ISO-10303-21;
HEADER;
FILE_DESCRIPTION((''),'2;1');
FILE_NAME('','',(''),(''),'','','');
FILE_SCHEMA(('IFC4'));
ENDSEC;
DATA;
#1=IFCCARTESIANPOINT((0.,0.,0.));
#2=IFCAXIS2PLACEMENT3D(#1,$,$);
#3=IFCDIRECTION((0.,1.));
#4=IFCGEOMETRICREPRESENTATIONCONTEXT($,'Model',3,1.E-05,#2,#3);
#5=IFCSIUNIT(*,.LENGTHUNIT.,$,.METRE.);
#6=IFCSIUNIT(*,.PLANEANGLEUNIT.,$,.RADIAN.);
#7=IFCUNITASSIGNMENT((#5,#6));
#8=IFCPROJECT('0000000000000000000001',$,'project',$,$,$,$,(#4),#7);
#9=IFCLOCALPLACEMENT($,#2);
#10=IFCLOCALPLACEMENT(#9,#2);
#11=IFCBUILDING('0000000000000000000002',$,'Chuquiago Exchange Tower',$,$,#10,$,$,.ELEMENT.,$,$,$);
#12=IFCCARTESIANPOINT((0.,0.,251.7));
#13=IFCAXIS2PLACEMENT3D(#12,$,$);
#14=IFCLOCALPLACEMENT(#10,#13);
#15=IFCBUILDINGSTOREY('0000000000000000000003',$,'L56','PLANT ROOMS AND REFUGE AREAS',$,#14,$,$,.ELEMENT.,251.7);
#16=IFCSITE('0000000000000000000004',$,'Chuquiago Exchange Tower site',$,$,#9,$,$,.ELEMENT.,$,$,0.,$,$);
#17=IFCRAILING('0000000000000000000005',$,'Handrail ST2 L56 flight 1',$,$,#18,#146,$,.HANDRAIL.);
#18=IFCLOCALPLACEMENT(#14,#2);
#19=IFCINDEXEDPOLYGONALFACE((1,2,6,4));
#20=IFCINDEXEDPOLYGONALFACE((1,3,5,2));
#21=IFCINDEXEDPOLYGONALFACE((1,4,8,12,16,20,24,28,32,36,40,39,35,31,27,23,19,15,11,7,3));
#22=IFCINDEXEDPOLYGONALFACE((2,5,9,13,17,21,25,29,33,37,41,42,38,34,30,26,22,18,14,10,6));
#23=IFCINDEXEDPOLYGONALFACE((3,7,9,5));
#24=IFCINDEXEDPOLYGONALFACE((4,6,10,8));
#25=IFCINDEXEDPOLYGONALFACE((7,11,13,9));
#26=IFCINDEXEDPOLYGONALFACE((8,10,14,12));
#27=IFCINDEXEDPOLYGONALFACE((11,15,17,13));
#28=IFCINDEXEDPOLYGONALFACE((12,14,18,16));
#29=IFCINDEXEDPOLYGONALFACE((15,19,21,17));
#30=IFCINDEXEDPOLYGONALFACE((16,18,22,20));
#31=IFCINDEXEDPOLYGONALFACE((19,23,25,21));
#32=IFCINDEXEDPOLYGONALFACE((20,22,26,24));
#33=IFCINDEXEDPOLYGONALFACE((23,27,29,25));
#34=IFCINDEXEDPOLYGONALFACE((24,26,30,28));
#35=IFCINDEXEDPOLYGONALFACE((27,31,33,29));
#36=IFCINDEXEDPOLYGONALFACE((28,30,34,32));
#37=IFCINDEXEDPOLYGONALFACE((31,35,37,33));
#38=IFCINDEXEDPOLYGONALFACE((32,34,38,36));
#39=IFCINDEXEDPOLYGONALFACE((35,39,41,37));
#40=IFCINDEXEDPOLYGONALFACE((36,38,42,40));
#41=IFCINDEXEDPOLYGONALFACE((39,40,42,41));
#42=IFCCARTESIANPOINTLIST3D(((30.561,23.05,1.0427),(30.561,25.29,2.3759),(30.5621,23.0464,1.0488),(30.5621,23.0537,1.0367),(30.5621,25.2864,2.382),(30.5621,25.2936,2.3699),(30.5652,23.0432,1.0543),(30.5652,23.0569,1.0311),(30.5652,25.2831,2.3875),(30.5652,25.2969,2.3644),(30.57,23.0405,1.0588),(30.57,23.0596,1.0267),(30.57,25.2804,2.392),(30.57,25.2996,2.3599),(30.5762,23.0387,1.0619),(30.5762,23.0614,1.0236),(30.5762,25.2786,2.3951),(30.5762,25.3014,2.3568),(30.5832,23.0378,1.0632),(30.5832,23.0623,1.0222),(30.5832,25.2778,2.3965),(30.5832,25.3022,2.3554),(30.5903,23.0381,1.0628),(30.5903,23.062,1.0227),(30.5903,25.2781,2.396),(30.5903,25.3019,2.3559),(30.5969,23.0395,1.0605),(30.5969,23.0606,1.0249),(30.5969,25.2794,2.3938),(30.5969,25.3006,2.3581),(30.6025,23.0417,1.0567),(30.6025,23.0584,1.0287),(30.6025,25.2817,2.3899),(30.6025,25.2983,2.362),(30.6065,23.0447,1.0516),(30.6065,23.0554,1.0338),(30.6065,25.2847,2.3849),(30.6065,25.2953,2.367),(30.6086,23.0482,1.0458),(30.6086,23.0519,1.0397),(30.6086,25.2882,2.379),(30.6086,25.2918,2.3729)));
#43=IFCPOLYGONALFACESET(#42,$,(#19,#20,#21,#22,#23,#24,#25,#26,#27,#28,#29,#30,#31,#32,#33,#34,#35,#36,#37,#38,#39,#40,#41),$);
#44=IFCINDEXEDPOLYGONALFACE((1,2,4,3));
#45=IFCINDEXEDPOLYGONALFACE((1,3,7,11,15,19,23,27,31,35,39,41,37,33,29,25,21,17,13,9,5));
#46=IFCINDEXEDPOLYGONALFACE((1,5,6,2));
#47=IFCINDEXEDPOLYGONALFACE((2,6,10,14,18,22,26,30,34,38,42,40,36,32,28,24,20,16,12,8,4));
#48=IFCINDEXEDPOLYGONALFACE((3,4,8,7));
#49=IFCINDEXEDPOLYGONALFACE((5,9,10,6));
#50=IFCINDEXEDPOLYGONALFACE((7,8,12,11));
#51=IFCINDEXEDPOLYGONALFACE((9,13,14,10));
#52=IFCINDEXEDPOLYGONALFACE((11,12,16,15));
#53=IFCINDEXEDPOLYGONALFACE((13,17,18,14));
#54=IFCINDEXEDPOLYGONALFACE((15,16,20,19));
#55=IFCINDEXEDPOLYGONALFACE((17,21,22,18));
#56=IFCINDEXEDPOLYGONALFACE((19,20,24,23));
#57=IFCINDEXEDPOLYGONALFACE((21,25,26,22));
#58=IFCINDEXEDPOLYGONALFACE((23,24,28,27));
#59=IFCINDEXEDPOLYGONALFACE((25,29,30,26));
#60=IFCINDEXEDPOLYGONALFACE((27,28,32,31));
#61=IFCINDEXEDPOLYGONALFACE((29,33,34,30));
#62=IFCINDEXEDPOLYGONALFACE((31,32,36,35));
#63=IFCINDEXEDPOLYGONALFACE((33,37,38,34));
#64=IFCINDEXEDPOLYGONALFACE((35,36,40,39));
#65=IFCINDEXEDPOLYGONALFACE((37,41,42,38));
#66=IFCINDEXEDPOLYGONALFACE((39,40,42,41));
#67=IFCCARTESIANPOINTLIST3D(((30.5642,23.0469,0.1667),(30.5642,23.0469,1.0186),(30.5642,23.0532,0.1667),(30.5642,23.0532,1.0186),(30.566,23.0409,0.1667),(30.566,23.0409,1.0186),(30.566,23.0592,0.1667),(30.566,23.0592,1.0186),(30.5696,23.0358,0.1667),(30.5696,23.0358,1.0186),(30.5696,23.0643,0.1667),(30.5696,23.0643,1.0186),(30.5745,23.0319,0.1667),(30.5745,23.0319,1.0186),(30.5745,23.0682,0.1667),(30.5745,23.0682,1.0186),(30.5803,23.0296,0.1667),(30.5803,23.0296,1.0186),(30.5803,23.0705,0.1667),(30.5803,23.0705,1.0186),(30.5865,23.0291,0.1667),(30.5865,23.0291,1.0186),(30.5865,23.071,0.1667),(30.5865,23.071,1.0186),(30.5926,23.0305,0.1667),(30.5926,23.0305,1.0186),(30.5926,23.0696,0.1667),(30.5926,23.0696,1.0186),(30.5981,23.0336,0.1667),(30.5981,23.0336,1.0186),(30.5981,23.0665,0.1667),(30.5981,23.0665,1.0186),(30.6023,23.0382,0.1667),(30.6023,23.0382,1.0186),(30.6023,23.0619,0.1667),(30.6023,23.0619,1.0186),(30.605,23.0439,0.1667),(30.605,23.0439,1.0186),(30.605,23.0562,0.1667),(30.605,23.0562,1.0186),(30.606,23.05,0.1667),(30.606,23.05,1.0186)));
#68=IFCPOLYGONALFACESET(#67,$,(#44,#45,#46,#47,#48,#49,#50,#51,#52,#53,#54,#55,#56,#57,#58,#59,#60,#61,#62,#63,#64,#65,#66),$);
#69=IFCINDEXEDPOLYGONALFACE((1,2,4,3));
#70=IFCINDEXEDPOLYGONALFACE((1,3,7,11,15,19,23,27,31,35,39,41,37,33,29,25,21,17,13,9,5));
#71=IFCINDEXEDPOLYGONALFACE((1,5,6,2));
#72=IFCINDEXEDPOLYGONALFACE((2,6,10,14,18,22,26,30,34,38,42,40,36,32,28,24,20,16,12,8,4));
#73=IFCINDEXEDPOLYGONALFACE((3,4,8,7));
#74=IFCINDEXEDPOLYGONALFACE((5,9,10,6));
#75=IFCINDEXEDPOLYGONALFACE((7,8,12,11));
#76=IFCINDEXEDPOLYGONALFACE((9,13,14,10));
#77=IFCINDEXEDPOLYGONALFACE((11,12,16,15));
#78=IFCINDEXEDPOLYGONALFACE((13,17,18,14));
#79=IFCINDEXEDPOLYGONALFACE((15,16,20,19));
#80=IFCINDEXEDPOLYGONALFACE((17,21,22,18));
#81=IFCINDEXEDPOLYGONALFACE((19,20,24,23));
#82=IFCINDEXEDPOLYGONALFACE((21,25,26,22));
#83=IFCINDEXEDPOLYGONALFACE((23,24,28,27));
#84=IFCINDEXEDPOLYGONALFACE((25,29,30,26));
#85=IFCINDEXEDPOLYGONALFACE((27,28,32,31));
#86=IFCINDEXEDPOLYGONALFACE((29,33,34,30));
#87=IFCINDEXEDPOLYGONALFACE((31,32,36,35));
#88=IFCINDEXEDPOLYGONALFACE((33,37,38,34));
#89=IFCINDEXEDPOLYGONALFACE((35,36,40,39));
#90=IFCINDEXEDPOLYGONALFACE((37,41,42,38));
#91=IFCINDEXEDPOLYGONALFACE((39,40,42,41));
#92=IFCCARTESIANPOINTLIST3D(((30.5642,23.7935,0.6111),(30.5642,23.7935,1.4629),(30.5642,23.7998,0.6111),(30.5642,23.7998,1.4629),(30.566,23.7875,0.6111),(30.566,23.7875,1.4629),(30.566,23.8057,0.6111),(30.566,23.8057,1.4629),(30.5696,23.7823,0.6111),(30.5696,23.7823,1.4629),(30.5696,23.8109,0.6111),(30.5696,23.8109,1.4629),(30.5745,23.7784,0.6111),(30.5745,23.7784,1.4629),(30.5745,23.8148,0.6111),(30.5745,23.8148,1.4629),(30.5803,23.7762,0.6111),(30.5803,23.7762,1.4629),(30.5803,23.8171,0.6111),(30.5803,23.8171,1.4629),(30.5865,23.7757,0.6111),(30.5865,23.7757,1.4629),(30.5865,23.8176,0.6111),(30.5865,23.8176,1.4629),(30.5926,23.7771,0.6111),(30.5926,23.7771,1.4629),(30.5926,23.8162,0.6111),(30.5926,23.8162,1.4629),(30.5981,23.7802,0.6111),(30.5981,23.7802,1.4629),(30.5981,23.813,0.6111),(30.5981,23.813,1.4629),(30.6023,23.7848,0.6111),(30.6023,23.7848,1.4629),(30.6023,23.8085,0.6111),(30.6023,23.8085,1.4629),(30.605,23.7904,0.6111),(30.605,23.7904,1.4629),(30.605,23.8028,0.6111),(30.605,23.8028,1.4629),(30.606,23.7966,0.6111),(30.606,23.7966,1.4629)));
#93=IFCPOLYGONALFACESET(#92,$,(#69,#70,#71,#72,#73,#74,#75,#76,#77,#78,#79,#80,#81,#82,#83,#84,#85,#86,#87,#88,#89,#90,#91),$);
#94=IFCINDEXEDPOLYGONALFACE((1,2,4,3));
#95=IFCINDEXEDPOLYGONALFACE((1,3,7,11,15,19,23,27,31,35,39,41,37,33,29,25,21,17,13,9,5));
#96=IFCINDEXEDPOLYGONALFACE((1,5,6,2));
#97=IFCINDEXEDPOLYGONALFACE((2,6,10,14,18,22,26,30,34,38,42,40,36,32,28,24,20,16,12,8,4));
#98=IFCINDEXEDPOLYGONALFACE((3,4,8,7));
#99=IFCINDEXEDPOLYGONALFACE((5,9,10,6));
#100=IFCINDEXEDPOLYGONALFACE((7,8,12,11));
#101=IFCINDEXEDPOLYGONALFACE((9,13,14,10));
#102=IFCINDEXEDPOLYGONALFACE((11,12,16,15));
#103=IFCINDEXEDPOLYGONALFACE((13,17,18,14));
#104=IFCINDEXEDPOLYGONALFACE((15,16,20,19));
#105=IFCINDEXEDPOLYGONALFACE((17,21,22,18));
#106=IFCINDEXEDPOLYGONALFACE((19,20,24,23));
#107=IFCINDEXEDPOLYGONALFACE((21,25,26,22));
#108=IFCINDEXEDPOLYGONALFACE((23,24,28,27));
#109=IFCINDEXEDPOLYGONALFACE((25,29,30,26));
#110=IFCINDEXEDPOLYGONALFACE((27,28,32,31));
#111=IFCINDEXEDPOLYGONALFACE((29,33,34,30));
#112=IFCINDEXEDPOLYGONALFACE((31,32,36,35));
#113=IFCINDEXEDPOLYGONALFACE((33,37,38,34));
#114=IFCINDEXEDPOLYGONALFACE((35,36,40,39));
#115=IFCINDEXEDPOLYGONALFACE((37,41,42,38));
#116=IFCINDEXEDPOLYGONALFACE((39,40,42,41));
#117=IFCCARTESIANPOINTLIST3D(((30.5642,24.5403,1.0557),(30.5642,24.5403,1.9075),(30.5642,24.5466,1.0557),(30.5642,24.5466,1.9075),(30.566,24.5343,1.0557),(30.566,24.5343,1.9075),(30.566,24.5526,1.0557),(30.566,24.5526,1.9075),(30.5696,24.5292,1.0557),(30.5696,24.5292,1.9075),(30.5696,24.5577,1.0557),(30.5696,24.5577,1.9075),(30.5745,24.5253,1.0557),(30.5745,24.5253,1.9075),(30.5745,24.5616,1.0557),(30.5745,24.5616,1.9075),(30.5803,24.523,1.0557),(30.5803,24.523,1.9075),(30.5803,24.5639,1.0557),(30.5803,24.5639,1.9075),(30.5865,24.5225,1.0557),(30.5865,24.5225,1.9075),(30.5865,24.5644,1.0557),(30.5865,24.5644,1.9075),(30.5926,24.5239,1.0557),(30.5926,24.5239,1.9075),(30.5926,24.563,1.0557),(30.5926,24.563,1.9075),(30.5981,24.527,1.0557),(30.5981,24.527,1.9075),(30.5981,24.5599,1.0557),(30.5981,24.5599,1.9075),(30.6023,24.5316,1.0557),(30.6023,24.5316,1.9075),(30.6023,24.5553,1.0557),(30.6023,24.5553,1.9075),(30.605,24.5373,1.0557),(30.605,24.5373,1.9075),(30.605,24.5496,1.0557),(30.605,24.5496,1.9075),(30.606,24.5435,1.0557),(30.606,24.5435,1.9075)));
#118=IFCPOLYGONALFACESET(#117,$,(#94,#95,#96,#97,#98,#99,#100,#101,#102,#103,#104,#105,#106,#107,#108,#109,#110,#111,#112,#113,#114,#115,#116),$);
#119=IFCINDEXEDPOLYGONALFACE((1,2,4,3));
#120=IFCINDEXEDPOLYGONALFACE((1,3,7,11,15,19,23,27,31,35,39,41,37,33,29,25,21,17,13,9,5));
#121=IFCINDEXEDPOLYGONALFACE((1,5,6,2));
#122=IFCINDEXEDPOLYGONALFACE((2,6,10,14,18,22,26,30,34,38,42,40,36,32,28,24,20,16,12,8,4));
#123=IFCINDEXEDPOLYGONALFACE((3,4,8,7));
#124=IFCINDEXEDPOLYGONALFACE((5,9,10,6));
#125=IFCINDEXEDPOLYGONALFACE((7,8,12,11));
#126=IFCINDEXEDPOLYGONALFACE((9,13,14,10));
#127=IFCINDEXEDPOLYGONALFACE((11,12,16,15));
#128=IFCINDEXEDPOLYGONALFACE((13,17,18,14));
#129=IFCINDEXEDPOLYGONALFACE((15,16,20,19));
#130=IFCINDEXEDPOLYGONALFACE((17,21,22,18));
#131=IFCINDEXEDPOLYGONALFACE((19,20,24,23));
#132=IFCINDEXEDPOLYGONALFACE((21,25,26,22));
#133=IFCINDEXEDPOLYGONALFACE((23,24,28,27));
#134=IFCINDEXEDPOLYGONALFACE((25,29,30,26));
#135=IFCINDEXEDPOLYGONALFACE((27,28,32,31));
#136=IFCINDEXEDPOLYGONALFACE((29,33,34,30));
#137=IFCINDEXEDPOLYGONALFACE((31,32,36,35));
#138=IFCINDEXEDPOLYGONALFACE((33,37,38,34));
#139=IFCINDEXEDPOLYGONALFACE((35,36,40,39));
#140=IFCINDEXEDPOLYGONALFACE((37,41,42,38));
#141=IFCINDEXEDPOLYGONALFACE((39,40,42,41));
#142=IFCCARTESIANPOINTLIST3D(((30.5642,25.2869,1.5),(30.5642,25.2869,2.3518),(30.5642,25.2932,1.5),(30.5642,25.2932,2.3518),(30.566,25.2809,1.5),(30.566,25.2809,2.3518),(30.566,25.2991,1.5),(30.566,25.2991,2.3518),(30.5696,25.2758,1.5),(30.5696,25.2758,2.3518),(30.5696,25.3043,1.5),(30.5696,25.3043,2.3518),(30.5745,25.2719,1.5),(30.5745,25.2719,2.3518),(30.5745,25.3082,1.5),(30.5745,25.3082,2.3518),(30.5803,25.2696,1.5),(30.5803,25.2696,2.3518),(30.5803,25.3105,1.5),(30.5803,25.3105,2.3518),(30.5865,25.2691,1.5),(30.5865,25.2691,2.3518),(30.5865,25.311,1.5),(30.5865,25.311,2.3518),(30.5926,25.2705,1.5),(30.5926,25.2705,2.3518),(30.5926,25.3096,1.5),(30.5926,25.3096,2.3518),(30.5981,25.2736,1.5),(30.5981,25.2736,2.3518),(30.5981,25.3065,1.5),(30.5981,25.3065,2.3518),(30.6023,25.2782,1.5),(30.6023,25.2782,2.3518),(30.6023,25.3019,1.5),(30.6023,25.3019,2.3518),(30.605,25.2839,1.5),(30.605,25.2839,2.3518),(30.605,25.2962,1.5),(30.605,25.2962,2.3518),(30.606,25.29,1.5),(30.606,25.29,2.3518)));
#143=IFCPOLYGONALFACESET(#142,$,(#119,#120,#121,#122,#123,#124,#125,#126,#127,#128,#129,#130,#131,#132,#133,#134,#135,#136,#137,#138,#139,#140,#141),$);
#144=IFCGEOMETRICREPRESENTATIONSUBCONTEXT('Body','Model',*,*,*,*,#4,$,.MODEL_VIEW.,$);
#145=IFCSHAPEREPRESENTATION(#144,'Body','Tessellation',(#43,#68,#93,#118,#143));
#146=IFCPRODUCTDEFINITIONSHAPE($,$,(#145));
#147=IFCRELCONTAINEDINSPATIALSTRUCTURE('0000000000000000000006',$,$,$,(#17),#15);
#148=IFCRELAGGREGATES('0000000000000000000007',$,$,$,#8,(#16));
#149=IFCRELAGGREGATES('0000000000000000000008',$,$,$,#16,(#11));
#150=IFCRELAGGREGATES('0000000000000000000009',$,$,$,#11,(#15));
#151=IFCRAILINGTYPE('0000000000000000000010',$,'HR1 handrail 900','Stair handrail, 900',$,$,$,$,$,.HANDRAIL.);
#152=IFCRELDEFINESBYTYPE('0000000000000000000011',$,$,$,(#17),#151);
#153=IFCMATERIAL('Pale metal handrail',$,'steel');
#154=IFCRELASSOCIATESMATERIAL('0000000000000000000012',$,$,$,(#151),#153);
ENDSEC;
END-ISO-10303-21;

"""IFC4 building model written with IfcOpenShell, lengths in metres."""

from ifc_helpers import new_model, si_unit, direction, frame, origin, origin_2d, place, context, subcontext, project, spatial, circle, extrude, material, type_object, element, save


model = new_model("IFC4")

# Units and contexts
model_context = context("Model", 3, precision=1e-05, world=origin(), true_north=direction((0.0, 1.0)))
body_context = subcontext(model_context, "Body", "Model", "MODEL_VIEW")
ifc_project = project(units=[si_unit("LENGTHUNIT", "METRE"), si_unit("PLANEANGLEUNIT", "RADIAN")], contexts=[model_context])

# Site, building, storey
site_placement = place(None, origin())
site = spatial("IfcSite", under=ifc_project, at=site_placement, Name="Chuquiago Exchange Tower site", CompositionType="ELEMENT", RefElevation=0.0)
building_placement = place(site_placement, origin())
building = spatial("IfcBuilding", under=site, at=building_placement, Name="Chuquiago Exchange Tower", CompositionType="ELEMENT")
storey_placement = place(building_placement, frame((0.0, 0.0, 251.7)))
storey = spatial("IfcBuildingStorey", under=building, at=storey_placement, Name="L56", Description="PLANT ROOMS AND REFUGE AREAS", CompositionType="ELEMENT", Elevation=251.7)

# Railing
ifc_material_1 = material(Name="Pale metal handrail", Category="steel")
railing_type = type_object("IfcRailingType", Name="HR1 handrail 900", Description="Stair handrail, 900", PredefinedType="HANDRAIL", material=ifc_material_1)
for number, where, name in (
    (1, (30.585, 23.05, 0.1667), "Handrail ST2 L56 flight 1"),
):
    element("IfcRailing", number, at=place(storey_placement, frame(where)), inside=storey, type_object=railing_type, Name=name, PredefinedType="HANDRAIL", context=body_context, shape_type="SweptSolid", body=[
        extrude(circle(Radius=0.0239, at=origin_2d()), frame((0.0, 0.0, 0.876), z_axis=(0.0, 0.859306, 0.511462), x_axis=(-1.0, 0.0, 0.0)), (0.0, 0.0, 1.0), 2.6067),
        extrude(circle(Radius=0.021, at=origin_2d()), origin(), (0.0, 0.0, 1.0), 0.8518),
        extrude(circle(Radius=0.021, at=origin_2d()), frame((0.0, 0.7466, 0.4443)), (0.0, 0.0, 1.0), 0.8518),
        extrude(circle(Radius=0.021, at=origin_2d()), frame((0.0, 1.4934, 0.8889)), (0.0, 0.0, 1.0), 0.8518),
        extrude(circle(Radius=0.021, at=origin_2d()), frame((0.0, 2.24, 1.3333)), (0.0, 0.0, 1.0), 0.8518),
    ])

save(model, "model.ifc")
